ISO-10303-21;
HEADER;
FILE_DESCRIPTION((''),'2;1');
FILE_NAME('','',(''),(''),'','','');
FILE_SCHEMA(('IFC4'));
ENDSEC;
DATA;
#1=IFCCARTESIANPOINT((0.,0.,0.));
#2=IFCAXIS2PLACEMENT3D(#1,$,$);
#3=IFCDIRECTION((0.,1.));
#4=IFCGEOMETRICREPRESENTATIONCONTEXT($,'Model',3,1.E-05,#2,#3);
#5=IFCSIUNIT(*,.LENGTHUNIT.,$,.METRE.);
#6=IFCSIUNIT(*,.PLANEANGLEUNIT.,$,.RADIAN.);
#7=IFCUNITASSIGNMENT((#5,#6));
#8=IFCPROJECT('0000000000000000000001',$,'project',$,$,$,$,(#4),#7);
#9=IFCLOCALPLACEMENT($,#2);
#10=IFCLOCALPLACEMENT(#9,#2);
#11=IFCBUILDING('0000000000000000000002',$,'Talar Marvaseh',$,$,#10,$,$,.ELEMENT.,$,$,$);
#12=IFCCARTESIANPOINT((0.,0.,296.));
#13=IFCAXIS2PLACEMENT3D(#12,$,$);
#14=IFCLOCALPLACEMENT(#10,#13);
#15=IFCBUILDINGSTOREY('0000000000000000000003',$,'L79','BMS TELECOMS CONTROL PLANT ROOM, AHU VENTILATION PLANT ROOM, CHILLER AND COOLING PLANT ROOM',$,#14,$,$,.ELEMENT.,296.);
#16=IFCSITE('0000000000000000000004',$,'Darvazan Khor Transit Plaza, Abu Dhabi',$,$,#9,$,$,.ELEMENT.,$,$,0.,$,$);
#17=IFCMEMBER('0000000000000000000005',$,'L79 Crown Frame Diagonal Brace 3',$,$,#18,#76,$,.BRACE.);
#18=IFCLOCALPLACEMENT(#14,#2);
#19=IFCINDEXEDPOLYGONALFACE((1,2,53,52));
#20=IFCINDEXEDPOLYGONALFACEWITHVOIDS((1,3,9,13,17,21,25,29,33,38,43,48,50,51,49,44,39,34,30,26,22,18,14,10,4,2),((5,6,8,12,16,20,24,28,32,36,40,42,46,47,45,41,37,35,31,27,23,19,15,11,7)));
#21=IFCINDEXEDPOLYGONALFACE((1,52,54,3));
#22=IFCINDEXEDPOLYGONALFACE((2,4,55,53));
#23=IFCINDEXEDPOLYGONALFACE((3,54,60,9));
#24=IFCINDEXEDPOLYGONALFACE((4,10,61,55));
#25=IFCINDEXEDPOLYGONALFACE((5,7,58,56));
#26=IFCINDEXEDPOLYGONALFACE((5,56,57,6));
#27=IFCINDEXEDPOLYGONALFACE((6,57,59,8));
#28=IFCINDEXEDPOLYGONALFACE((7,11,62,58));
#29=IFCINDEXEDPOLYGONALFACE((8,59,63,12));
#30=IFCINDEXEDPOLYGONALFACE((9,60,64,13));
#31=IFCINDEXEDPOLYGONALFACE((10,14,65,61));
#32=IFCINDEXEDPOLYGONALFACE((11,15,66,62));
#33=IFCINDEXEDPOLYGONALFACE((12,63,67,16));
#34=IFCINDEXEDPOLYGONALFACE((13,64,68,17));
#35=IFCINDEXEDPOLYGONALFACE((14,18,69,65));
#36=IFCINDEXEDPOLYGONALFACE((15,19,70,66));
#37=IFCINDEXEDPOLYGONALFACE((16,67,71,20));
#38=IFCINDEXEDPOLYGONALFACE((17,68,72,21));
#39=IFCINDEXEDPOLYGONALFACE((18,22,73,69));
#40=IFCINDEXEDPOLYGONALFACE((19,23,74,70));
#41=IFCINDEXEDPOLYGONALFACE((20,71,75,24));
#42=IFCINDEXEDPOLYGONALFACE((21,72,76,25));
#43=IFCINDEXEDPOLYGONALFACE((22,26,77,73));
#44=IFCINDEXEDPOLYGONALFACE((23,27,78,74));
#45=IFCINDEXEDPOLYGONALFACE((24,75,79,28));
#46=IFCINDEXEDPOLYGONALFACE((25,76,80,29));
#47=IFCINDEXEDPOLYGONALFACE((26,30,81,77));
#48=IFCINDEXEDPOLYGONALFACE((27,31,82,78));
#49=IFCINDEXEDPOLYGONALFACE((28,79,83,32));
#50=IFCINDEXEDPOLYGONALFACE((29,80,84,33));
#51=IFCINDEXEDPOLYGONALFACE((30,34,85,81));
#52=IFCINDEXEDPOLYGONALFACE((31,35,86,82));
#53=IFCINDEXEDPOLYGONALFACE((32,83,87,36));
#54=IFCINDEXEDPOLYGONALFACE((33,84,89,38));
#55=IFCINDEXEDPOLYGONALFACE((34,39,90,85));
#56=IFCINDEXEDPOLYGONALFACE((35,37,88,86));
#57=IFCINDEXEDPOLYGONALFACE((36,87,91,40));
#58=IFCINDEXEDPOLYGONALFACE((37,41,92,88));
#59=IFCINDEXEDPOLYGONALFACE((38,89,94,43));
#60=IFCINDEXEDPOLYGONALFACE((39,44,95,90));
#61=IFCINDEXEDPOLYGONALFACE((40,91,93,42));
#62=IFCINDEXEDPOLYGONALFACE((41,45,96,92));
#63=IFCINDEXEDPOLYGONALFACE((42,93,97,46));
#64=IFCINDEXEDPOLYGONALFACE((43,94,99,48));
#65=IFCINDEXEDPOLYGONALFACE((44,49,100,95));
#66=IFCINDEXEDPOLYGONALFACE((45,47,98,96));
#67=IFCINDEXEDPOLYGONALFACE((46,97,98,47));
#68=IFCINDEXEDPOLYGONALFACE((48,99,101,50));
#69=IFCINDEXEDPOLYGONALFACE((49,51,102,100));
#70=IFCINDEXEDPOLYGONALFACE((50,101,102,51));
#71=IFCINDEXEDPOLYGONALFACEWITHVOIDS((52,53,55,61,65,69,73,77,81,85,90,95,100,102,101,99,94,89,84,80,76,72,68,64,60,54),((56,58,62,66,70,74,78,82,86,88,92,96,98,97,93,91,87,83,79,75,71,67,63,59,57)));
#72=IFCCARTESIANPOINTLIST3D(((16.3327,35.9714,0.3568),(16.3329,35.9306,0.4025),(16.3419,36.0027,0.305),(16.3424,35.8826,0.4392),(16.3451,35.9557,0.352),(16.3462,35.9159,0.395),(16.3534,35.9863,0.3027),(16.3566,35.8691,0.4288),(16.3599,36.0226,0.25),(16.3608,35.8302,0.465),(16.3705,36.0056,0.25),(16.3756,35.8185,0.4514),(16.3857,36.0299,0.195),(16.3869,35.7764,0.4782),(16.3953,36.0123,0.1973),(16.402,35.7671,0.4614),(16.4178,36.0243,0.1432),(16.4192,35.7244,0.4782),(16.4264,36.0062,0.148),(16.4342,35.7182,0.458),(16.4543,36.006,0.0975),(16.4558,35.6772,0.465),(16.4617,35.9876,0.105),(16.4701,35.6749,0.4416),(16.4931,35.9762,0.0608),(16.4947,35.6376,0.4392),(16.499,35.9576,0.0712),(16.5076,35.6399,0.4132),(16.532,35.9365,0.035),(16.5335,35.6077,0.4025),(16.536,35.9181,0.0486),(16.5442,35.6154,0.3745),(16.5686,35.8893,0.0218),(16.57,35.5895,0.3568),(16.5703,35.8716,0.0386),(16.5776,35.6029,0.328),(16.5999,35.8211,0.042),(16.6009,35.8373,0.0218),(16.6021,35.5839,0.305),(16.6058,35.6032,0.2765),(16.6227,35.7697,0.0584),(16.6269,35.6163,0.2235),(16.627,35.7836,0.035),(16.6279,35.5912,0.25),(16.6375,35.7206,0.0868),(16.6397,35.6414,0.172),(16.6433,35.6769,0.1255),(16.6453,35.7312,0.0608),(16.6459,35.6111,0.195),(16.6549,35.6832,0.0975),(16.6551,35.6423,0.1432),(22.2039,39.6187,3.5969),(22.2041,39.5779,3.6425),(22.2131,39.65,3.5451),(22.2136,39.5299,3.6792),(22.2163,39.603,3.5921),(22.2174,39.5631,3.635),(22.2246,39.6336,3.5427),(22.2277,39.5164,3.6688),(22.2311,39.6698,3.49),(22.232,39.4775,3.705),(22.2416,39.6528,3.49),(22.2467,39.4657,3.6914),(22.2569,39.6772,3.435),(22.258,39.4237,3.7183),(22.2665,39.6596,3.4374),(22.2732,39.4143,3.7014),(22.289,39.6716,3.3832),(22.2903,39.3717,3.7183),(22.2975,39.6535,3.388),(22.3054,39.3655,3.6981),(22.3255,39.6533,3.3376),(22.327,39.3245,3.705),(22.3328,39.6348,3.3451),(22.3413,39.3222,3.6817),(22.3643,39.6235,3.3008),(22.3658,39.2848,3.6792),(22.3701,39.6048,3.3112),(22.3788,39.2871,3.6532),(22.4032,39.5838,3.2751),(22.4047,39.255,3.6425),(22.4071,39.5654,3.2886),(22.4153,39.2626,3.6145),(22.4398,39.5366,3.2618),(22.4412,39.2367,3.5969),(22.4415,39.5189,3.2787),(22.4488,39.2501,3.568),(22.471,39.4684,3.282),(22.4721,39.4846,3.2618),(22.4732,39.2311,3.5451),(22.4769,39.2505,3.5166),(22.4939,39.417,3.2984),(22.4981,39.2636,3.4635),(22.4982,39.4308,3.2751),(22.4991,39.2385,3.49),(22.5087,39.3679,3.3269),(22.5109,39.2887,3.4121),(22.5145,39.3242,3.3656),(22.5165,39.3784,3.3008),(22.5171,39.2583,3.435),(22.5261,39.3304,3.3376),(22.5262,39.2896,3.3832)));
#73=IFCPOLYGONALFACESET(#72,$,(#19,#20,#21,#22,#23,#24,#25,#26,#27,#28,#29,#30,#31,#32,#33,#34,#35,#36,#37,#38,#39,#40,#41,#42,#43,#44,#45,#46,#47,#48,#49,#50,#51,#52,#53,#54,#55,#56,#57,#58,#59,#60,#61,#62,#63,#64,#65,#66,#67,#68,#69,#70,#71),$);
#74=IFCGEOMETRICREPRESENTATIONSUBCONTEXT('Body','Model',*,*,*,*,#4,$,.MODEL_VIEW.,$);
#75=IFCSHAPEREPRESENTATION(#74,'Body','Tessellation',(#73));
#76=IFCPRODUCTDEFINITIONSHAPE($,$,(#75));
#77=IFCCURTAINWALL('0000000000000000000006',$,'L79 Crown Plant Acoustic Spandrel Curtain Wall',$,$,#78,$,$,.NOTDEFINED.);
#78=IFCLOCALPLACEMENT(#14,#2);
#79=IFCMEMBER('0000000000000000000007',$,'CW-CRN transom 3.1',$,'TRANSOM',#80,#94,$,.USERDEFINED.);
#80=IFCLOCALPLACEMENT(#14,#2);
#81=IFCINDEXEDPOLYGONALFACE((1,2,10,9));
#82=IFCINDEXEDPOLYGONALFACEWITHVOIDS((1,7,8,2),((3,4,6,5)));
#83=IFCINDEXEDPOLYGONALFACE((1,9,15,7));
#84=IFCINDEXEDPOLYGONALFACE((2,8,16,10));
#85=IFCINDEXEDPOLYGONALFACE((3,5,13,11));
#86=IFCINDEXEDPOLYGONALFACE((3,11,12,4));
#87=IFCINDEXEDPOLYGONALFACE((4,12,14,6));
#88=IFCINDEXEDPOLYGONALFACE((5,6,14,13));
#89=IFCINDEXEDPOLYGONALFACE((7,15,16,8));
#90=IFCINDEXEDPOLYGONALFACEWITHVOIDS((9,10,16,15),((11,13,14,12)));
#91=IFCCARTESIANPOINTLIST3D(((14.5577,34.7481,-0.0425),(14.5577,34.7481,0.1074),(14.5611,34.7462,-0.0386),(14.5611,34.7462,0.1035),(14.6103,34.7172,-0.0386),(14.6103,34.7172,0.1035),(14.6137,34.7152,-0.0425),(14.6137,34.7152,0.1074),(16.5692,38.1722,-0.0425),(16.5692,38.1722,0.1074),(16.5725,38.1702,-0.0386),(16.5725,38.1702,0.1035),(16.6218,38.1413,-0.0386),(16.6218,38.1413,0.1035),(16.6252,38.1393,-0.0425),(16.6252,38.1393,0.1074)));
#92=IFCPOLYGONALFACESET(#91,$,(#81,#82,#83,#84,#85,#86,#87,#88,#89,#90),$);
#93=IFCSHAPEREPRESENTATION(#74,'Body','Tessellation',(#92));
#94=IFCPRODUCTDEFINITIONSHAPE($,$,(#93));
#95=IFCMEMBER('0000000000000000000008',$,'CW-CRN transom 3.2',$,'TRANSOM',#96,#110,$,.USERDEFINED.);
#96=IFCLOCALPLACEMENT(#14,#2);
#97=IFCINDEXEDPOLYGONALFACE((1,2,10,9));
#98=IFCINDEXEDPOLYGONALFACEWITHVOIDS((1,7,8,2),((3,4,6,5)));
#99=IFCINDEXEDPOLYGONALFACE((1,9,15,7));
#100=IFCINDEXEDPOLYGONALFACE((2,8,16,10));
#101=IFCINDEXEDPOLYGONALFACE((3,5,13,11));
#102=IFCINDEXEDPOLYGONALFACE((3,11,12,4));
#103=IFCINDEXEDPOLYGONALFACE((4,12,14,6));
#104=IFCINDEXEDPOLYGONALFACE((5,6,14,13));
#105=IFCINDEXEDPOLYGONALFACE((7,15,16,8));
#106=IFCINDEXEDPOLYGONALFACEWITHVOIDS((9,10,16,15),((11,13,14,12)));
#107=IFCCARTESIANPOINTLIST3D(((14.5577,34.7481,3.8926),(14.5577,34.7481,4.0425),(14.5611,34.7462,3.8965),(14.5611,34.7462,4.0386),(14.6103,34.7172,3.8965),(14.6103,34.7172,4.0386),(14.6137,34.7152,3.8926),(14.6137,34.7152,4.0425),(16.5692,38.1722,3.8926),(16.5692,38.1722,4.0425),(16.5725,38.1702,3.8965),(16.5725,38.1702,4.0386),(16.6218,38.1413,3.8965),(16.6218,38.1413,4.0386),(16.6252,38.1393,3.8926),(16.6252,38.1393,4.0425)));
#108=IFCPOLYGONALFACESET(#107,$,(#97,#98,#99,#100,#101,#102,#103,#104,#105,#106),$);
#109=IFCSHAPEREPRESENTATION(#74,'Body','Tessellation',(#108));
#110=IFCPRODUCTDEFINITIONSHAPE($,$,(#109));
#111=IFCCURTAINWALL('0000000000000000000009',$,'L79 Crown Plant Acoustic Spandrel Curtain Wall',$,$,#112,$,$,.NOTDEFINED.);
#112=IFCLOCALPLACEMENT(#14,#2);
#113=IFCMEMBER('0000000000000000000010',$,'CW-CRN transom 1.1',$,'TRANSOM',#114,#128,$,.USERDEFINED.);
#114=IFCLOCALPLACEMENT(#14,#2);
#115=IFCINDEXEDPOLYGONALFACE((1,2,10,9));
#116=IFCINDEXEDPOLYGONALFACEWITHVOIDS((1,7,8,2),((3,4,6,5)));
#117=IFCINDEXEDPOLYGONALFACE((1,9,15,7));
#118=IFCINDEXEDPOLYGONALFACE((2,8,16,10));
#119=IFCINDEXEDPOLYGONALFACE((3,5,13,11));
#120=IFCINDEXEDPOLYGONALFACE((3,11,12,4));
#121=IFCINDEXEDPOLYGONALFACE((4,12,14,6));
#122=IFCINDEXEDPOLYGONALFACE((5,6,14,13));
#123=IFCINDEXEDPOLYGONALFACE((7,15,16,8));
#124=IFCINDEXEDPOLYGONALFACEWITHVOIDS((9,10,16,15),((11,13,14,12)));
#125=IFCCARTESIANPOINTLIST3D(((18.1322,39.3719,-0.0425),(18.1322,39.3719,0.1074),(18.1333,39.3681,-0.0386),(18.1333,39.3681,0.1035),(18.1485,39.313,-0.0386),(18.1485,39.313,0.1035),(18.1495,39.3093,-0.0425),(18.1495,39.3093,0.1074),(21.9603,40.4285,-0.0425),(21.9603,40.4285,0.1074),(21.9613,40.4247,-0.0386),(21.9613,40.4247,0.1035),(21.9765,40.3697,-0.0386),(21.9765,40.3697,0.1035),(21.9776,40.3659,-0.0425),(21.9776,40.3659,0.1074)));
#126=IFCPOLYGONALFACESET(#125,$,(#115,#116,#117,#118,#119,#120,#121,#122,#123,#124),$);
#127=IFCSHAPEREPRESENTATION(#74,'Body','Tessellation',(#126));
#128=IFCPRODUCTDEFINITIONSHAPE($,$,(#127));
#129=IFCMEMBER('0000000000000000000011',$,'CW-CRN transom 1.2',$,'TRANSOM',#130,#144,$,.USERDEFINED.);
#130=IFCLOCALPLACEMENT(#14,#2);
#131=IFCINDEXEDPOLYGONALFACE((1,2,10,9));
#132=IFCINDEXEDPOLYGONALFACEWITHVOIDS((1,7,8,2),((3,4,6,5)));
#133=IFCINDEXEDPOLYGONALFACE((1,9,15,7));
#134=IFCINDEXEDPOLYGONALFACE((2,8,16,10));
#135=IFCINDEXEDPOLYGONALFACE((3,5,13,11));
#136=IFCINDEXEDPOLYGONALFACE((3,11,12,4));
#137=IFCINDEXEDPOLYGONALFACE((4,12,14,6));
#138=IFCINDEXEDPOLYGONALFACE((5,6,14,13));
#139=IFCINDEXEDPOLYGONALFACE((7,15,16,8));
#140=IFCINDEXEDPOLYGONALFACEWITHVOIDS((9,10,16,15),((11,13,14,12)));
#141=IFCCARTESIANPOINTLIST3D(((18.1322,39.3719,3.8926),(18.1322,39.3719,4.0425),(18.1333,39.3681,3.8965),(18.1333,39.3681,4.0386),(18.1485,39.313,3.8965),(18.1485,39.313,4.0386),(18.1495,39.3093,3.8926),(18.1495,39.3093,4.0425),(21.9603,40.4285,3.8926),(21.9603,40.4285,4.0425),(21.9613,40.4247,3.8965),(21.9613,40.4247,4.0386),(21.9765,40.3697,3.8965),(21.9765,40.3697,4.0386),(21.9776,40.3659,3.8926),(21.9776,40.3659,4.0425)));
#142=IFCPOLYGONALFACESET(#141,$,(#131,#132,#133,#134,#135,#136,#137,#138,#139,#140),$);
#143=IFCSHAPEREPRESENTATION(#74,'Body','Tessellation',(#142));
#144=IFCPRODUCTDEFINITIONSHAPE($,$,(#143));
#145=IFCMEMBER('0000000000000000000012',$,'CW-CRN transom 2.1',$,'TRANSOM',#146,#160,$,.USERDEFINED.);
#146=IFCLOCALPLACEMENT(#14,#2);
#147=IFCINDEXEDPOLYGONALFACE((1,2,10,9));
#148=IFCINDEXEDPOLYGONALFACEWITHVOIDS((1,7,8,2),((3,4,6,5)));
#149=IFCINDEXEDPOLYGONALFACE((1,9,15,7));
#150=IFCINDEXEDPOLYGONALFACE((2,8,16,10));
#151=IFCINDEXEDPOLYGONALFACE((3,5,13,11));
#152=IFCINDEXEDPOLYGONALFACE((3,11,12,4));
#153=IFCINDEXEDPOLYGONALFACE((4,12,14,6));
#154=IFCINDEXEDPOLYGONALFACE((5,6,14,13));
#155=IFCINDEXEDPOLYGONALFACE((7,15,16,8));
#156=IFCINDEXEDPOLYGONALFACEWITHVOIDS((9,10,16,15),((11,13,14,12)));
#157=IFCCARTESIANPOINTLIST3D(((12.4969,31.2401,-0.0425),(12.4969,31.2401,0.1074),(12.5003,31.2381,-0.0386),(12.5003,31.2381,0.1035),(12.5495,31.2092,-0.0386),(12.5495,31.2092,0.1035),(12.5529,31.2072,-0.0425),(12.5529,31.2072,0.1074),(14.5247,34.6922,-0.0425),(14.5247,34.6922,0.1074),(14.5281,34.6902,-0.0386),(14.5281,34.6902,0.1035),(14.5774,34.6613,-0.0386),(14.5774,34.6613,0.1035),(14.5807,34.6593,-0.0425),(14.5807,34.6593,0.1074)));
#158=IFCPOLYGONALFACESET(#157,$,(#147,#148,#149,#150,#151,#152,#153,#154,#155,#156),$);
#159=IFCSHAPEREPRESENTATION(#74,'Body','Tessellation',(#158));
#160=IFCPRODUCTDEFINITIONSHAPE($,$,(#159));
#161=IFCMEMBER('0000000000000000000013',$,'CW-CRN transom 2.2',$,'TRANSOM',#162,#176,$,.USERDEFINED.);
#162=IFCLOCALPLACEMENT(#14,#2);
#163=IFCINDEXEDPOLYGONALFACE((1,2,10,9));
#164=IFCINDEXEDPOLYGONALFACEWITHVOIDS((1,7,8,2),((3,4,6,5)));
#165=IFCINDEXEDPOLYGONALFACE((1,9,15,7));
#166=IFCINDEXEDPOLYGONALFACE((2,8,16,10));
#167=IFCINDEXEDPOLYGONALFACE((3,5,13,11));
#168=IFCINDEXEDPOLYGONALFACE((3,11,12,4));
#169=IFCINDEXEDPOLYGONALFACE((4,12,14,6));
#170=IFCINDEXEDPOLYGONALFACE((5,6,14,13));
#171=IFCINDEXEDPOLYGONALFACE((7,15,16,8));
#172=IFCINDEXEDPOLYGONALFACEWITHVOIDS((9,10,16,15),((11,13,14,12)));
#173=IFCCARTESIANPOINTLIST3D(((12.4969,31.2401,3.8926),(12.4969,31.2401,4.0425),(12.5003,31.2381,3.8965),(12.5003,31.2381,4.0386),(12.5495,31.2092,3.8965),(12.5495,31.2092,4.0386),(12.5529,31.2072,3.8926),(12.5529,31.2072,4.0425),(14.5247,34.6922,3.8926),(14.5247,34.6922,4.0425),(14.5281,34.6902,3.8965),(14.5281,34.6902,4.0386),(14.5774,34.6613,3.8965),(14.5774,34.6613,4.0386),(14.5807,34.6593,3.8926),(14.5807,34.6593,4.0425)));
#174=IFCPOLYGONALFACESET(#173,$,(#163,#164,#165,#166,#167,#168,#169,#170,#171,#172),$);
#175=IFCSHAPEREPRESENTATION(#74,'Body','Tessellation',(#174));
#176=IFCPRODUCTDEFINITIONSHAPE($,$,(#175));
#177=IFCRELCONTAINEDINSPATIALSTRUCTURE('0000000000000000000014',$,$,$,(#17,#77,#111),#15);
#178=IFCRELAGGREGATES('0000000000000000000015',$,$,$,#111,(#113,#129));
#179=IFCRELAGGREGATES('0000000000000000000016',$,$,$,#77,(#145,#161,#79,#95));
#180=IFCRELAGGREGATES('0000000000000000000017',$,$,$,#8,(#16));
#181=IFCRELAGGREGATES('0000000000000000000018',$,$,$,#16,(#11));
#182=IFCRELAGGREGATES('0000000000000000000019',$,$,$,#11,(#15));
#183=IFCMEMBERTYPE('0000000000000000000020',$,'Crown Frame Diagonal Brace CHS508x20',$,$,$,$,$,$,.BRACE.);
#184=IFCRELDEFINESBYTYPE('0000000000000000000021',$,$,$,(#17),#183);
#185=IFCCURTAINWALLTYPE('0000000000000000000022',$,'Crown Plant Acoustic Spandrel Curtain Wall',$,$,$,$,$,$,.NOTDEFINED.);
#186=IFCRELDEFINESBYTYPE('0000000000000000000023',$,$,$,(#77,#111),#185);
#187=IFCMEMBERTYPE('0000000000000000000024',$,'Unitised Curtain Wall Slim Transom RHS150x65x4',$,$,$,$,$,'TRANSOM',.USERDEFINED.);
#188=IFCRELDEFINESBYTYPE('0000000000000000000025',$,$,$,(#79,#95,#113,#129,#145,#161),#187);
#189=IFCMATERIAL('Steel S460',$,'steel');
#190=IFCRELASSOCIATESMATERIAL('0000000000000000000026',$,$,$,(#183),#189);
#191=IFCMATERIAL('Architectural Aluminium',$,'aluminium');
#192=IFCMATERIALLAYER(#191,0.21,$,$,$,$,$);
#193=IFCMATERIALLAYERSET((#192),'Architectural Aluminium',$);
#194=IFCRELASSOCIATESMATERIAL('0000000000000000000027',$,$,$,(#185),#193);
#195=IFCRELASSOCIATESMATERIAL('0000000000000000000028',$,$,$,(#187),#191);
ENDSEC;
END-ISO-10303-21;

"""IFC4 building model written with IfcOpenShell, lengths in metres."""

from ifc_helpers import new_model, si_unit, direction, frame, origin, origin_2d, place, context, subcontext, project, spatial, hollow_rectangle, hollow_circle, extrude, source, transform, mapped, material, layer, layer_set, material_profile, profile_set, type_object, type_shapes, element, aggregate, save


model = new_model("IFC4")

# Units and contexts
model_context = context("Model", 3, precision=1e-05, world=origin(), true_north=direction((0.0, 1.0)))
body_context = subcontext(model_context, "Body", "Model", "MODEL_VIEW")
ifc_project = project(units=[si_unit("LENGTHUNIT", "METRE"), si_unit("PLANEANGLEUNIT", "RADIAN")], contexts=[model_context])

# Site, building, storey
site_placement = place(None, origin())
site = spatial("IfcSite", under=ifc_project, at=site_placement, Name="Darvazan Khor Transit Plaza, Abu Dhabi", CompositionType="ELEMENT", RefElevation=0.0)
building_placement = place(site_placement, origin())
building = spatial("IfcBuilding", under=site, at=building_placement, Name="Talar Marvaseh", CompositionType="ELEMENT")
storey_placement = place(building_placement, frame((0.0, 0.0, 296.0)))
storey = spatial("IfcBuildingStorey", under=building, at=storey_placement, Name="L79", Description="BMS TELECOMS CONTROL PLANT ROOM, AHU VENTILATION PLANT ROOM, CHILLER AND COOLING PLANT ROOM", CompositionType="ELEMENT", Elevation=296.0)

# Shared definitions
ifc_material_1 = material(Name="Steel S460", Category="steel")

# Member
ifc_material_profile_1 = material_profile(ifc_material_1, hollow_circle(Radius=0.2539, WallThickness=0.02, at=origin_2d()), Name="CHS508x20")
ifc_profile_set_1 = profile_set([ifc_material_profile_1], Name="Steel S460")
member_type_1 = type_object("IfcMemberType", Name="Crown Frame Diagonal Brace CHS508x20", PredefinedType="BRACE", material=ifc_profile_set_1)
shared_shape_1 = source(origin(), body_context, "Body", "SweptSolid", [
    extrude(hollow_circle(Radius=0.2539, WallThickness=0.02, at=origin_2d()), origin(), (0.0, 0.0, 1.0), 7.6335),
])
type_shapes(member_type_1, [shared_shape_1])
member_1_placement = place(storey_placement, frame((16.4939, 35.8069, 0.25), z_axis=(0.769128, 0.477794, 0.424447), x_axis=(-0.527686, 0.84944, 0.0)))
element("IfcMember", 1, at=member_1_placement, inside=storey, type_object=member_type_1, Name="L79 Crown Frame Diagonal Brace 3", PredefinedType="BRACE", context=body_context, shape_type="MappedRepresentation", body=[
    mapped(shared_shape_1, transform((0.0, 0.0, 0.0), x_axis=(1.0, 0.0, 0.0), y_axis=(0.0, 1.0, 0.0), z_axis=(0.0, 0.0, 1.0), scale=1.0)),
])

# Curtain walls, members
ifc_material_2 = material(Name="Architectural Aluminium", Category="aluminium")
ifc_layer_1 = layer(ifc_material_2, 0.21)
ifc_layer_set_1 = layer_set([ifc_layer_1], Name="Architectural Aluminium")
curtain_wall_type = type_object("IfcCurtainWallType", Name="Crown Plant Acoustic Spandrel Curtain Wall", PredefinedType="NOTDEFINED", material=ifc_layer_set_1)
curtain_wall_1_placement = place(storey_placement, origin())
curtain_wall_1 = element("IfcCurtainWall", 2, at=curtain_wall_1_placement, inside=storey, type_object=curtain_wall_type, Name="L79 Crown Plant Acoustic Spandrel Curtain Wall", PredefinedType="NOTDEFINED")
ifc_material_profile_2 = material_profile(ifc_material_2, hollow_rectangle(XDim=0.0649, YDim=0.1499, WallThickness=0.0039, at=origin_2d()), Name="RHS150x65x4")
ifc_profile_set_2 = profile_set([ifc_material_profile_2], Name="Architectural Aluminium")
member_type_2 = type_object("IfcMemberType", Name="Unitised Curtain Wall Slim Transom RHS150x65x4", ElementType="TRANSOM", PredefinedType="USERDEFINED", material=ifc_profile_set_2)
shared_shape_2 = source(origin(), body_context, "Body", "SweptSolid", [
    extrude(hollow_rectangle(XDim=0.0649, YDim=0.1499, WallThickness=0.0039, at=origin_2d()), origin(), (0.0, 0.0, 1.0), 3.9712),
])
member_2_placement = place(storey_placement, frame((14.5857, 34.7317, 0.0325), z_axis=(0.506518, 0.86223, 0.0), x_axis=(-0.86223, 0.506518, 0.0)))
member_2 = element("IfcMember", 3, at=member_2_placement, type_object=member_type_2, Name="CW-CRN transom 3.1", ObjectType="TRANSOM", PredefinedType="USERDEFINED", context=body_context, shape_type="MappedRepresentation", body=[
    mapped(shared_shape_2, transform((0.0, 0.0, 0.0), x_axis=(1.0, 0.0, 0.0), y_axis=(0.0, 1.0, 0.0), z_axis=(0.0, 0.0, 1.0), scale=1.0)),
])
member_3_placement = place(storey_placement, frame((14.5857, 34.7317, 3.9675), z_axis=(0.506518, 0.86223, 0.0), x_axis=(-0.86223, 0.506518, 0.0)))
member_3 = element("IfcMember", 4, at=member_3_placement, type_object=member_type_2, Name="CW-CRN transom 3.2", ObjectType="TRANSOM", PredefinedType="USERDEFINED", context=body_context, shape_type="MappedRepresentation", body=[
    mapped(shared_shape_2, transform((0.0, 0.0, 0.0), x_axis=(1.0, 0.0, 0.0), y_axis=(0.0, 1.0, 0.0), z_axis=(0.0, 0.0, 1.0), scale=1.0)),
])
curtain_wall_2_placement = place(storey_placement, origin())
curtain_wall_2 = element("IfcCurtainWall", 5, at=curtain_wall_2_placement, inside=storey, type_object=curtain_wall_type, Name="L79 Crown Plant Acoustic Spandrel Curtain Wall", PredefinedType="NOTDEFINED")
member_4_placement = place(storey_placement, frame((18.1409, 39.3406, 0.0325), z_axis=(0.963953, 0.266071, 0.0), x_axis=(-0.266071, 0.963953, 0.0)))
member_4 = element("IfcMember", 6, at=member_4_placement, type_object=member_type_2, Name="CW-CRN transom 1.1", ObjectType="TRANSOM", PredefinedType="USERDEFINED", context=body_context, shape_type="MappedRepresentation", body=[
    mapped(shared_shape_2, transform((0.0, 0.0, 0.0), x_axis=(1.0, 0.0, 0.0), y_axis=(0.0, 1.0, 0.0), z_axis=(0.0, 0.0, 1.0), scale=1.0)),
])
member_5_placement = place(storey_placement, frame((18.1409, 39.3406, 3.9675), z_axis=(0.963953, 0.266071, 0.0), x_axis=(-0.266071, 0.963953, 0.0)))
member_5 = element("IfcMember", 7, at=member_5_placement, type_object=member_type_2, Name="CW-CRN transom 1.2", ObjectType="TRANSOM", PredefinedType="USERDEFINED", context=body_context, shape_type="MappedRepresentation", body=[
    mapped(shared_shape_2, transform((0.0, 0.0, 0.0), x_axis=(1.0, 0.0, 0.0), y_axis=(0.0, 1.0, 0.0), z_axis=(0.0, 0.0, 1.0), scale=1.0)),
])

# Members
shared_shape_3 = source(origin(), body_context, "Body", "SweptSolid", [
    extrude(hollow_rectangle(XDim=0.0649, YDim=0.1499, WallThickness=0.0039, at=origin_2d()), origin(), (0.0, 0.0, 1.0), 4.0037),
])
member_6_placement = place(storey_placement, frame((12.5249, 31.2236, 0.0325), z_axis=(0.506492, 0.862244, 0.0), x_axis=(-0.862244, 0.506492, 0.0)))
member_6 = element("IfcMember", 8, at=member_6_placement, type_object=member_type_2, Name="CW-CRN transom 2.1", ObjectType="TRANSOM", PredefinedType="USERDEFINED", context=body_context, shape_type="MappedRepresentation", body=[
    mapped(shared_shape_3, transform((0.0, 0.0, 0.0), x_axis=(1.0, 0.0, 0.0), y_axis=(0.0, 1.0, 0.0), z_axis=(0.0, 0.0, 1.0), scale=1.0)),
])
member_7_placement = place(storey_placement, frame((12.5249, 31.2236, 3.9675), z_axis=(0.506492, 0.862244, 0.0), x_axis=(-0.862244, 0.506492, 0.0)))
member_7 = element("IfcMember", 9, at=member_7_placement, type_object=member_type_2, Name="CW-CRN transom 2.2", ObjectType="TRANSOM", PredefinedType="USERDEFINED", context=body_context, shape_type="MappedRepresentation", body=[
    mapped(shared_shape_3, transform((0.0, 0.0, 0.0), x_axis=(1.0, 0.0, 0.0), y_axis=(0.0, 1.0, 0.0), z_axis=(0.0, 0.0, 1.0), scale=1.0)),
])
aggregate(curtain_wall_2, [member_4, member_5])

aggregate(curtain_wall_1, [member_6, member_7, member_2, member_3])

save(model, "model.ifc")
